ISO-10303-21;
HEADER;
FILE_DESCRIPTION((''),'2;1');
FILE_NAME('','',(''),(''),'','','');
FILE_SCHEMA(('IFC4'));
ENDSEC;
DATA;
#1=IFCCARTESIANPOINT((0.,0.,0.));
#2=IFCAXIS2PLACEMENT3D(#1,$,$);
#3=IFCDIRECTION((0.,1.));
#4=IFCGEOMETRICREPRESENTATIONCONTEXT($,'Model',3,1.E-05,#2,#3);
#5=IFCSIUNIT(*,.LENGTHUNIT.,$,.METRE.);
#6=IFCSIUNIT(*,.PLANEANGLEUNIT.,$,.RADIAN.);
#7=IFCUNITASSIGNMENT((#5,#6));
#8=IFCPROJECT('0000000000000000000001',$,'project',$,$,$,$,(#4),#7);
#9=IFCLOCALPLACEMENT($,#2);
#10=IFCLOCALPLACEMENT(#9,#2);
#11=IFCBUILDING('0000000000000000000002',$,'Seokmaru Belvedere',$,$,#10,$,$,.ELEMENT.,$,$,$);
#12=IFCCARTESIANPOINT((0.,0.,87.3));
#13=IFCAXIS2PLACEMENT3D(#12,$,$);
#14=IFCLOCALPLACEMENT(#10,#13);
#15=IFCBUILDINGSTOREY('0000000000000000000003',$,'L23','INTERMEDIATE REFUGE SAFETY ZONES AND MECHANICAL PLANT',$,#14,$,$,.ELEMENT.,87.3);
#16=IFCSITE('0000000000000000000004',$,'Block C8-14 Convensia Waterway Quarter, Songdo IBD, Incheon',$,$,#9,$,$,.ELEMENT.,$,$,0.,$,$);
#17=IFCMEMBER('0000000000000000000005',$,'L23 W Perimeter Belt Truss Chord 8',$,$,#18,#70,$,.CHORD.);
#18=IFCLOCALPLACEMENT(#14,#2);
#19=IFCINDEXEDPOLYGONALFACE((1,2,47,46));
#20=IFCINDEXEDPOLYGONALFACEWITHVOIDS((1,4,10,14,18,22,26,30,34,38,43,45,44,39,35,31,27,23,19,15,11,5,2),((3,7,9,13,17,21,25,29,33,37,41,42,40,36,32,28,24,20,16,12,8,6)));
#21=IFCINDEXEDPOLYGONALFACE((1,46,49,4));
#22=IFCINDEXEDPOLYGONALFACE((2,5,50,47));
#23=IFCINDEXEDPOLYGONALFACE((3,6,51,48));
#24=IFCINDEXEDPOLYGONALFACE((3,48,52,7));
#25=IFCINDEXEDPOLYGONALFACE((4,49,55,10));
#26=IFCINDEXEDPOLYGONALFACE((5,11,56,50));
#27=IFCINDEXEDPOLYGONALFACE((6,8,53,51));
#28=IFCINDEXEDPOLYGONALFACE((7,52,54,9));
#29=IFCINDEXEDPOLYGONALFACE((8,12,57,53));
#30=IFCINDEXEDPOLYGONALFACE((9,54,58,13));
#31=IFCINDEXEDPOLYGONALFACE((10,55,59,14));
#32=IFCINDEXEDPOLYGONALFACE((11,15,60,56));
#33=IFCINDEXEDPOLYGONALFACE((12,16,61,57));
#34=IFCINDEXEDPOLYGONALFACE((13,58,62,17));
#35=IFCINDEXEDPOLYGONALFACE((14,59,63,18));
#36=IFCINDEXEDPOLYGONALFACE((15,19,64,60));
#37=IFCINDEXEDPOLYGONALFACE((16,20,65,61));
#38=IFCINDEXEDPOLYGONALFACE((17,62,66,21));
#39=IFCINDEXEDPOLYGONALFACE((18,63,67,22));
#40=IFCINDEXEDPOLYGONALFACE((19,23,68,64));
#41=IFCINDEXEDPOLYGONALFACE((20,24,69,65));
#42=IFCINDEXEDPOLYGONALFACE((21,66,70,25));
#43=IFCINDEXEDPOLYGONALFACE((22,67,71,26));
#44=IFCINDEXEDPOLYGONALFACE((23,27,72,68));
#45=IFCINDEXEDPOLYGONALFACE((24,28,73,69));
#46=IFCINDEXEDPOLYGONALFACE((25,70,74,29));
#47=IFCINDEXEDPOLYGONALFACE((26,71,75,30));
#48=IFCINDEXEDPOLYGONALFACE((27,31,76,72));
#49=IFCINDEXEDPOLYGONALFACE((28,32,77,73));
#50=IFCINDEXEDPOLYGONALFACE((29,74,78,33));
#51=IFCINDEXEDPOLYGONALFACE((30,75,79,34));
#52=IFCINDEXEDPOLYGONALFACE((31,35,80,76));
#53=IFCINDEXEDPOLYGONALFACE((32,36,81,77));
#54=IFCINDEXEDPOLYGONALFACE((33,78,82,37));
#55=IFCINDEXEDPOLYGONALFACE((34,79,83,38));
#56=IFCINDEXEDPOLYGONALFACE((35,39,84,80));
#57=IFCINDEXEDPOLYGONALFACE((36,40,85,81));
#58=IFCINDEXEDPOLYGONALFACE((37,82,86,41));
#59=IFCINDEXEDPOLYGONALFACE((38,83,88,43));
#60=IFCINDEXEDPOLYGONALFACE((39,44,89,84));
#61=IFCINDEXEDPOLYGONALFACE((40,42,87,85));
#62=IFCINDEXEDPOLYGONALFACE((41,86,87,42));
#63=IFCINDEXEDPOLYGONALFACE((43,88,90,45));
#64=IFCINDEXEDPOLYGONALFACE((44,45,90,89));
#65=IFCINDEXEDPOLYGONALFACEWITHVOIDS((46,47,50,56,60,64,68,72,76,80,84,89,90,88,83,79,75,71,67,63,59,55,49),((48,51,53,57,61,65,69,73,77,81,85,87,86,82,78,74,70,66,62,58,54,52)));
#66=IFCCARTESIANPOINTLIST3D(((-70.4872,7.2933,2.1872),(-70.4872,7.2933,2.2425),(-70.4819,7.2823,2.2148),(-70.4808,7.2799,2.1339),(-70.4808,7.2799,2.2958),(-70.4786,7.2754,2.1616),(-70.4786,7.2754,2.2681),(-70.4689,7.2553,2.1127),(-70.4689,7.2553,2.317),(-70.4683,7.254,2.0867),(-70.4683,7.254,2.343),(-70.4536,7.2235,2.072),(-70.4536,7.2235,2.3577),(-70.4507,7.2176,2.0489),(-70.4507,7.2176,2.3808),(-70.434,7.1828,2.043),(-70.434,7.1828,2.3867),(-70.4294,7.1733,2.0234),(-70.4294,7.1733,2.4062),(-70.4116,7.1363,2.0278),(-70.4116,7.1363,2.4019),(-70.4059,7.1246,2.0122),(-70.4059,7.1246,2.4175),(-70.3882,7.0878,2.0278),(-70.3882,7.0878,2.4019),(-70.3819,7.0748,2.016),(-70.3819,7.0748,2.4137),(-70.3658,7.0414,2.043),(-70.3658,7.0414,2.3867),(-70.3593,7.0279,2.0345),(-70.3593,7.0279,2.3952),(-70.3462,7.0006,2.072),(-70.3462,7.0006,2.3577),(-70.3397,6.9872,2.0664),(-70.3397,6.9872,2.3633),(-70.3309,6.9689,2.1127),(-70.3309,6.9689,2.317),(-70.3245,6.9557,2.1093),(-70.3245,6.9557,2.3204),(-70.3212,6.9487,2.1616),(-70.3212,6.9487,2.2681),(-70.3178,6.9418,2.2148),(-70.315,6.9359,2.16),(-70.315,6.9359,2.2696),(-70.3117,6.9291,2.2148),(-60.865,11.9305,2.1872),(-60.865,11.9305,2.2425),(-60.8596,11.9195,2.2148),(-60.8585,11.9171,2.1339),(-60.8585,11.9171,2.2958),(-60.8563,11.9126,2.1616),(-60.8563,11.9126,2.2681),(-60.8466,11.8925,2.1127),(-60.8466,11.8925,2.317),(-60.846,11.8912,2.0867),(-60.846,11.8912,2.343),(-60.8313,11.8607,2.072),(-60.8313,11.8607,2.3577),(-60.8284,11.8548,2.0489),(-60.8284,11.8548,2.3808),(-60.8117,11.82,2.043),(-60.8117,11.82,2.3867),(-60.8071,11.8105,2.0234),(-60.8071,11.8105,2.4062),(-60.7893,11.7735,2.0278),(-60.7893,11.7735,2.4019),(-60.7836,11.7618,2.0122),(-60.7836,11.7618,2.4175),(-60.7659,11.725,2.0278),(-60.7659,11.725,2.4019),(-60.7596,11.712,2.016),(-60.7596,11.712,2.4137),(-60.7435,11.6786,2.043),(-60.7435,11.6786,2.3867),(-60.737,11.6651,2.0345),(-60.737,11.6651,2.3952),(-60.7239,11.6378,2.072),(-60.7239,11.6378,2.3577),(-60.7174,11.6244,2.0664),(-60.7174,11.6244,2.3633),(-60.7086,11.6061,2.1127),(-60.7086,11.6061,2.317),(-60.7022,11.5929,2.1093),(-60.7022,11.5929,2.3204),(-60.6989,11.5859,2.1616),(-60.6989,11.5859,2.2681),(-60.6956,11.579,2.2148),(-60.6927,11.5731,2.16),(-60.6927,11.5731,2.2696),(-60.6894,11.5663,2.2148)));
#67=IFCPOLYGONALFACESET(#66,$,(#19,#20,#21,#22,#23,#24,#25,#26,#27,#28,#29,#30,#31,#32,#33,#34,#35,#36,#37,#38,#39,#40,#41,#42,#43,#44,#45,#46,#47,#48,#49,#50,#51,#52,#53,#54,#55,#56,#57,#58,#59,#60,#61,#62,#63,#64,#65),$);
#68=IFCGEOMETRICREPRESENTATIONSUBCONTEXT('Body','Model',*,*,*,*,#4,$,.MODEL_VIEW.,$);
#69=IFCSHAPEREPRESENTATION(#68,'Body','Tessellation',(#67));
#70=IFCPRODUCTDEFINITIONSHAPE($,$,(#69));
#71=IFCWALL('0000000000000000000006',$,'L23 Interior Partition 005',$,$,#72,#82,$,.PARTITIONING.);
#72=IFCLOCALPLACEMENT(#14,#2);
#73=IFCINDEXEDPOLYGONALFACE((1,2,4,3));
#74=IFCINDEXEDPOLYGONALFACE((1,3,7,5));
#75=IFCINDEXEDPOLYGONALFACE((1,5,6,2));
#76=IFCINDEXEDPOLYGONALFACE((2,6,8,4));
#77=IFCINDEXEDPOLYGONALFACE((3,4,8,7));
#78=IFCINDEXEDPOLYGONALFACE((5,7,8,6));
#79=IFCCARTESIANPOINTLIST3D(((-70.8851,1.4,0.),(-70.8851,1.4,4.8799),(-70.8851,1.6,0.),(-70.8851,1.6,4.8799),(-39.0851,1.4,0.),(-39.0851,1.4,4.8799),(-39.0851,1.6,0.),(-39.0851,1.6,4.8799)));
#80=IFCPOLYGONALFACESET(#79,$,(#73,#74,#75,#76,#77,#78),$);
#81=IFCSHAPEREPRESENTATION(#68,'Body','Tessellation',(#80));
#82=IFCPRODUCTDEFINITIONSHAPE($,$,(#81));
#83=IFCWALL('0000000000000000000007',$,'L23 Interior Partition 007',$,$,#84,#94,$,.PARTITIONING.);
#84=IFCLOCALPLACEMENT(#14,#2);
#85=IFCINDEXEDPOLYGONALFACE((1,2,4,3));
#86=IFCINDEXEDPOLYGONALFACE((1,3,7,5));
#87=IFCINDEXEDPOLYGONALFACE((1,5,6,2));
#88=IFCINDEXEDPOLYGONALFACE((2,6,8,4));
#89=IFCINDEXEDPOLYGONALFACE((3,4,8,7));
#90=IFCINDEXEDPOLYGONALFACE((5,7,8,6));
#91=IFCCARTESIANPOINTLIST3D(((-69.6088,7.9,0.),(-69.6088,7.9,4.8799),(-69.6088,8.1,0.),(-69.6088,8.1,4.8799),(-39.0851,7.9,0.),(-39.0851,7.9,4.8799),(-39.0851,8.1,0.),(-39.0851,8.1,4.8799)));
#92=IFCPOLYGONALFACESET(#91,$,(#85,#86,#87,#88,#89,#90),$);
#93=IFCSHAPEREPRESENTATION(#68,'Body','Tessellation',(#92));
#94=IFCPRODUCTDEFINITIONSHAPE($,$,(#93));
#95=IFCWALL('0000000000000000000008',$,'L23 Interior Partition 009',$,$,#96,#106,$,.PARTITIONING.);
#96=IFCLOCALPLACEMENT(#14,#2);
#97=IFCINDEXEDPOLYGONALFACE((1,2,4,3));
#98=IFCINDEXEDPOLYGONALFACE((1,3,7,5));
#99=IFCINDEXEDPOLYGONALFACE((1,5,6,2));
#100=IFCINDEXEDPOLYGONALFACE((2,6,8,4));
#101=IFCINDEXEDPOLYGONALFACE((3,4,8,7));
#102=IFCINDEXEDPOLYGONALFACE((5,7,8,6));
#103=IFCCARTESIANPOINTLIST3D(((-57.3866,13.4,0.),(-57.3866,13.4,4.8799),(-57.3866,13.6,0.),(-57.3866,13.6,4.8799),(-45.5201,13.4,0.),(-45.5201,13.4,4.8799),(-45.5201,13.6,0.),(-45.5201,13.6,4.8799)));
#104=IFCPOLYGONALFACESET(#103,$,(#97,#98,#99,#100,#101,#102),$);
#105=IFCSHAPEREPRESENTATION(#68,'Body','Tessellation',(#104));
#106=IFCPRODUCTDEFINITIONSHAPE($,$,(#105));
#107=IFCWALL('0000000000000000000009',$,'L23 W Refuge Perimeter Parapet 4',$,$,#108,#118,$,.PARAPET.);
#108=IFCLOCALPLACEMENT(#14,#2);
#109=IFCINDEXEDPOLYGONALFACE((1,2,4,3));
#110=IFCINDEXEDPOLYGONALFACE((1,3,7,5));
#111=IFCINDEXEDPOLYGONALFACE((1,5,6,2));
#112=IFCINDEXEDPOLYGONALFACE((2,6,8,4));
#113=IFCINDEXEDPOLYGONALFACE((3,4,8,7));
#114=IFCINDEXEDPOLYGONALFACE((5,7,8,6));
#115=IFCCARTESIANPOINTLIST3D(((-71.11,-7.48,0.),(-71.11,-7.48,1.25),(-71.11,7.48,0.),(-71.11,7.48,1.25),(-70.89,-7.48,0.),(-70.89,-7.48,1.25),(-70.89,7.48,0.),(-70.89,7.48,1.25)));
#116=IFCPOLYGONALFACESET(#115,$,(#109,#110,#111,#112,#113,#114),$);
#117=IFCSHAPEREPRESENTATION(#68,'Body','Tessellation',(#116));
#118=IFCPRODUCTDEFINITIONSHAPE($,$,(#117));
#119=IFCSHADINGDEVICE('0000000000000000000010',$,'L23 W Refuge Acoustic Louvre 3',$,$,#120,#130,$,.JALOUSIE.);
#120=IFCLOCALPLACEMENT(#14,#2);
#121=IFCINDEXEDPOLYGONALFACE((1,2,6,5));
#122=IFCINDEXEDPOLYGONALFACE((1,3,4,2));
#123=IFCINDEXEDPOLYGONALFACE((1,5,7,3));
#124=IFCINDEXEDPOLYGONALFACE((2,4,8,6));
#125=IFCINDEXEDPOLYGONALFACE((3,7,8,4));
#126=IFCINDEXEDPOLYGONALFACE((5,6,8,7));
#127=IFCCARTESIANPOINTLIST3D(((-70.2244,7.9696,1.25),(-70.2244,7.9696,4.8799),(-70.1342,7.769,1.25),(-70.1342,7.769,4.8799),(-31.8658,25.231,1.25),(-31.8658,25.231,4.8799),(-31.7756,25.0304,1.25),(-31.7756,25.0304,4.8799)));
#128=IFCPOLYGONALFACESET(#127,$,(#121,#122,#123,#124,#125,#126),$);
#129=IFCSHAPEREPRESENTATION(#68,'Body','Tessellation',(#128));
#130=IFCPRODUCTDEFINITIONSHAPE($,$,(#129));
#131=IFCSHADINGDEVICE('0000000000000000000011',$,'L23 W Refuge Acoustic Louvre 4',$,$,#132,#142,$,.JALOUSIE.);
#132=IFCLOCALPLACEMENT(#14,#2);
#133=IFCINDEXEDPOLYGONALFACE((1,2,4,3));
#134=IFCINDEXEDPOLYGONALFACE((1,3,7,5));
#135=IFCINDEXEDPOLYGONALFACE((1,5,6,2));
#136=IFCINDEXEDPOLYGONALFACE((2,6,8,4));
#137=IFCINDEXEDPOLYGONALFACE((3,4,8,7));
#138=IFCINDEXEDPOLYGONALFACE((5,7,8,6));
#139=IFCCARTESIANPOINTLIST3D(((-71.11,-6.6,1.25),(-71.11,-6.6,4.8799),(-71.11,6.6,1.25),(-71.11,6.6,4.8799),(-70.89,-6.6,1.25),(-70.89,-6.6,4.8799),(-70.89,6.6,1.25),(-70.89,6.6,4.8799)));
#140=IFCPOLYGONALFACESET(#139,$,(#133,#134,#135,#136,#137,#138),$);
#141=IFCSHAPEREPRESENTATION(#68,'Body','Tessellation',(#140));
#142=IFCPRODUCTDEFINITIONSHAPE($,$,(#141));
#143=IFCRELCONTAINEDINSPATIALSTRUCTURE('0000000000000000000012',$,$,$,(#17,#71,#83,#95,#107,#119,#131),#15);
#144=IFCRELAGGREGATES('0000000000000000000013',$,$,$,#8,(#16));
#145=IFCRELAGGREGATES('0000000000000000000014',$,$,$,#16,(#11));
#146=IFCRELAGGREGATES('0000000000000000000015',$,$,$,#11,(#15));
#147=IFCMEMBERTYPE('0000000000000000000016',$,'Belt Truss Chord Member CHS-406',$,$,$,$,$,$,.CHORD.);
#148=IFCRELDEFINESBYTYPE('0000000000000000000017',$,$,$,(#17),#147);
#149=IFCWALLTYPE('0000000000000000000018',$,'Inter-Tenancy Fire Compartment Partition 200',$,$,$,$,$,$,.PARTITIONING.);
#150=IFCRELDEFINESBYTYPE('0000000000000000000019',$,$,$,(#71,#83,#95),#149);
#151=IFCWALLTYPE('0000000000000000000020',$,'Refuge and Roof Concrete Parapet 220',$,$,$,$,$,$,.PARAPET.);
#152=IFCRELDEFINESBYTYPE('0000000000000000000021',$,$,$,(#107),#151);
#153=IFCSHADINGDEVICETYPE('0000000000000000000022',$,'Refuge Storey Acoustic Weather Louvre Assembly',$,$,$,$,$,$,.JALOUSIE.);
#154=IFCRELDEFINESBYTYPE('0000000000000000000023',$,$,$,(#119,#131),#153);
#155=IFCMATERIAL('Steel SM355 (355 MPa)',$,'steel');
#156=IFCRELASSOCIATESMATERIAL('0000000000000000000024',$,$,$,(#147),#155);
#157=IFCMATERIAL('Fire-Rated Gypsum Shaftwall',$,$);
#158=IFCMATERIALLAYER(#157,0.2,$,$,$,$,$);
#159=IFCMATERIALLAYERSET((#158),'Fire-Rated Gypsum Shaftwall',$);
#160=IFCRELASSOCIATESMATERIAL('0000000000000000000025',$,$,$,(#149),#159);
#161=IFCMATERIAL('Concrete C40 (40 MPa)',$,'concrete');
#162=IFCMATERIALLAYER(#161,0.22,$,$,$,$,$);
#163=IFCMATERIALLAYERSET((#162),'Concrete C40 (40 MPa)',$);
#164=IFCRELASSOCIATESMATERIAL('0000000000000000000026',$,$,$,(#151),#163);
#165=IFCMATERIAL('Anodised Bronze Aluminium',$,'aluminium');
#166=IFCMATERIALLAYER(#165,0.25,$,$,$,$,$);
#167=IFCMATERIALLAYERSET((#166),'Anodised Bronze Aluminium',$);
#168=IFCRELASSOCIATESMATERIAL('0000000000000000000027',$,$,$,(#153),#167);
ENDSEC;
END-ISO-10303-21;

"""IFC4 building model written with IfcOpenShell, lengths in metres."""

from ifc_helpers import new_model, si_unit, direction, frame, frame_2d, origin, origin_2d, place, context, subcontext, project, spatial, rectangle, hollow_circle, extrude, source, transform, mapped, material, layer, layer_set, material_profile, profile_set, type_object, type_shapes, element, save


model = new_model("IFC4")

# Units and contexts
model_context = context("Model", 3, precision=1e-05, world=origin(), true_north=direction((0.0, 1.0)))
body_context = subcontext(model_context, "Body", "Model", "MODEL_VIEW")
ifc_project = project(units=[si_unit("LENGTHUNIT", "METRE"), si_unit("PLANEANGLEUNIT", "RADIAN")], contexts=[model_context])

# Site, building, storey
site_placement = place(None, origin())
site = spatial("IfcSite", under=ifc_project, at=site_placement, Name="Block C8-14 Convensia Waterway Quarter, Songdo IBD, Incheon", CompositionType="ELEMENT", RefElevation=0.0)
building_placement = place(site_placement, origin())
building = spatial("IfcBuilding", under=site, at=building_placement, Name="Seokmaru Belvedere", CompositionType="ELEMENT")
storey_placement = place(building_placement, frame((0.0, 0.0, 87.3)))
storey = spatial("IfcBuildingStorey", under=building, at=storey_placement, Name="L23", Description="INTERMEDIATE REFUGE SAFETY ZONES AND MECHANICAL PLANT", CompositionType="ELEMENT", Elevation=87.3)

# Shared definitions
ifc_material_1 = material(Name="Steel SM355 (355 MPa)", Category="steel")

# Member
ifc_material_profile_1 = material_profile(ifc_material_1, hollow_circle(Radius=0.2031, WallThickness=0.0142, at=origin_2d()), Name="CHS-406.4x14.2")
ifc_profile_set_1 = profile_set([ifc_material_profile_1], Name="Steel SM355 (355 MPa)")
member_type_1 = type_object("IfcMemberType", Name="Belt Truss Chord Member CHS-406", PredefinedType="CHORD", material=ifc_profile_set_1)
shared_shape_1 = source(origin(), body_context, "Body", "SweptSolid", [
    extrude(hollow_circle(Radius=0.2031, WallThickness=0.0142, at=origin_2d()), origin(), (0.0, 0.0, 1.0), 10.6814),
])
type_shapes(member_type_1, [shared_shape_1])
member_1_placement = place(storey_placement, frame((-60.7776, 11.7493, 2.2148), z_axis=(-0.900846, -0.434138, 0.0), x_axis=(0.434138, -0.900846, 0.0)))
element("IfcMember", 1, at=member_1_placement, inside=storey, type_object=member_type_1, Name="L23 W Perimeter Belt Truss Chord 8", PredefinedType="CHORD", context=body_context, shape_type="MappedRepresentation", body=[
    mapped(shared_shape_1, transform((0.0, 0.0, 0.0), scale=1.0)),
])

# Walls
ifc_material_2 = material(Name="Fire-Rated Gypsum Shaftwall")
ifc_layer_1 = layer(ifc_material_2, 0.2)
ifc_layer_set_1 = layer_set([ifc_layer_1], Name="Fire-Rated Gypsum Shaftwall")
wall_type_1 = type_object("IfcWallType", Name="Inter-Tenancy Fire Compartment Partition 200", PredefinedType="PARTITIONING", material=ifc_layer_set_1)
wall_1_placement = place(storey_placement, frame((-70.885, 1.5, 0.0), z_axis=(0.0, 0.0, 1.0), x_axis=(1.0, 0.0, 0.0)))
element("IfcWall", 2, at=wall_1_placement, inside=storey, type_object=wall_type_1, Name="L23 Interior Partition 005", PredefinedType="PARTITIONING", context=body_context, shape_type="SweptSolid", body=[
    extrude(rectangle(XDim=31.8, YDim=0.2, at=frame_2d((15.8999, 0.0))), origin(), (0.0, 0.0, 1.0), 4.8799),
])
wall_2_placement = place(storey_placement, frame((-69.6086, 8.0, 0.0), z_axis=(0.0, 0.0, 1.0), x_axis=(1.0, 0.0, 0.0)))
element("IfcWall", 3, at=wall_2_placement, inside=storey, type_object=wall_type_1, Name="L23 Interior Partition 007", PredefinedType="PARTITIONING", context=body_context, shape_type="SweptSolid", body=[
    extrude(rectangle(XDim=30.5237, YDim=0.2, at=frame_2d((15.2617, 0.0))), origin(), (0.0, 0.0, 1.0), 4.8799),
])
wall_3_placement = place(storey_placement, frame((-57.3865, 13.5, 0.0), z_axis=(0.0, 0.0, 1.0), x_axis=(1.0, 0.0, 0.0)))
element("IfcWall", 4, at=wall_3_placement, inside=storey, type_object=wall_type_1, Name="L23 Interior Partition 009", PredefinedType="PARTITIONING", context=body_context, shape_type="SweptSolid", body=[
    extrude(rectangle(XDim=11.8665, YDim=0.2, at=frame_2d((5.9331, 0.0))), origin(), (0.0, 0.0, 1.0), 4.8799),
])
ifc_material_3 = material(Name="Concrete C40 (40 MPa)", Category="concrete")
ifc_layer_2 = layer(ifc_material_3, 0.22)
ifc_layer_set_2 = layer_set([ifc_layer_2], Name="Concrete C40 (40 MPa)")
wall_type_2 = type_object("IfcWallType", Name="Refuge and Roof Concrete Parapet 220", PredefinedType="PARAPET", material=ifc_layer_set_2)
wall_4_placement = place(storey_placement, frame((-71.0, 7.48, 0.0), z_axis=(0.0, 0.0, 1.0), x_axis=(0.0, -1.0, 0.0)))
element("IfcWall", 5, at=wall_4_placement, inside=storey, type_object=wall_type_2, Name="L23 W Refuge Perimeter Parapet 4", PredefinedType="PARAPET", context=body_context, shape_type="SweptSolid", body=[
    extrude(rectangle(XDim=14.96, YDim=0.22, at=frame_2d((7.48, 0.0))), origin(), (0.0, 0.0, 1.0), 1.25),
])

# Shading devices
ifc_material_4 = material(Name="Anodised Bronze Aluminium", Category="aluminium")
ifc_layer_3 = layer(ifc_material_4, 0.25)
ifc_layer_set_3 = layer_set([ifc_layer_3], Name="Anodised Bronze Aluminium")
shading_device_type = type_object("IfcShadingDeviceType", Name="Refuge Storey Acoustic Weather Louvre Assembly", PredefinedType="JALOUSIE", material=ifc_layer_set_3)
shared_shape_2 = source(origin(), body_context, "Body", "SweptSolid", [
    extrude(rectangle(XDim=42.0635, YDim=0.22, at=origin_2d()), origin(), (0.0, 0.0, 1.0), 3.6299),
])
shading_device_1_placement = place(storey_placement, frame((-51.0, 16.5, 1.25), z_axis=(0.0, 0.0, 1.0), x_axis=(-0.911922, -0.410364, 0.0)))
element("IfcShadingDevice", 6, at=shading_device_1_placement, inside=storey, type_object=shading_device_type, Name="L23 W Refuge Acoustic Louvre 3", PredefinedType="JALOUSIE", context=body_context, shape_type="MappedRepresentation", body=[
    mapped(shared_shape_2, transform((0.0, 0.0, 0.0), scale=1.0)),
])
shared_shape_3 = source(origin(), body_context, "Body", "SweptSolid", [
    extrude(rectangle(XDim=13.2, YDim=0.22, at=origin_2d()), origin(), (0.0, 0.0, 1.0), 3.6299),
])
type_shapes(shading_device_type, [shared_shape_2, shared_shape_3])
shading_device_2_placement = place(storey_placement, frame((-71.0, 0.0, 1.25), z_axis=(0.0, 0.0, 1.0), x_axis=(0.0, -1.0, 0.0)))
element("IfcShadingDevice", 7, at=shading_device_2_placement, inside=storey, type_object=shading_device_type, Name="L23 W Refuge Acoustic Louvre 4", PredefinedType="JALOUSIE", context=body_context, shape_type="MappedRepresentation", body=[
    mapped(shared_shape_3, transform((0.0, 0.0, 0.0), scale=1.0)),
])

save(model, "model.ifc")
